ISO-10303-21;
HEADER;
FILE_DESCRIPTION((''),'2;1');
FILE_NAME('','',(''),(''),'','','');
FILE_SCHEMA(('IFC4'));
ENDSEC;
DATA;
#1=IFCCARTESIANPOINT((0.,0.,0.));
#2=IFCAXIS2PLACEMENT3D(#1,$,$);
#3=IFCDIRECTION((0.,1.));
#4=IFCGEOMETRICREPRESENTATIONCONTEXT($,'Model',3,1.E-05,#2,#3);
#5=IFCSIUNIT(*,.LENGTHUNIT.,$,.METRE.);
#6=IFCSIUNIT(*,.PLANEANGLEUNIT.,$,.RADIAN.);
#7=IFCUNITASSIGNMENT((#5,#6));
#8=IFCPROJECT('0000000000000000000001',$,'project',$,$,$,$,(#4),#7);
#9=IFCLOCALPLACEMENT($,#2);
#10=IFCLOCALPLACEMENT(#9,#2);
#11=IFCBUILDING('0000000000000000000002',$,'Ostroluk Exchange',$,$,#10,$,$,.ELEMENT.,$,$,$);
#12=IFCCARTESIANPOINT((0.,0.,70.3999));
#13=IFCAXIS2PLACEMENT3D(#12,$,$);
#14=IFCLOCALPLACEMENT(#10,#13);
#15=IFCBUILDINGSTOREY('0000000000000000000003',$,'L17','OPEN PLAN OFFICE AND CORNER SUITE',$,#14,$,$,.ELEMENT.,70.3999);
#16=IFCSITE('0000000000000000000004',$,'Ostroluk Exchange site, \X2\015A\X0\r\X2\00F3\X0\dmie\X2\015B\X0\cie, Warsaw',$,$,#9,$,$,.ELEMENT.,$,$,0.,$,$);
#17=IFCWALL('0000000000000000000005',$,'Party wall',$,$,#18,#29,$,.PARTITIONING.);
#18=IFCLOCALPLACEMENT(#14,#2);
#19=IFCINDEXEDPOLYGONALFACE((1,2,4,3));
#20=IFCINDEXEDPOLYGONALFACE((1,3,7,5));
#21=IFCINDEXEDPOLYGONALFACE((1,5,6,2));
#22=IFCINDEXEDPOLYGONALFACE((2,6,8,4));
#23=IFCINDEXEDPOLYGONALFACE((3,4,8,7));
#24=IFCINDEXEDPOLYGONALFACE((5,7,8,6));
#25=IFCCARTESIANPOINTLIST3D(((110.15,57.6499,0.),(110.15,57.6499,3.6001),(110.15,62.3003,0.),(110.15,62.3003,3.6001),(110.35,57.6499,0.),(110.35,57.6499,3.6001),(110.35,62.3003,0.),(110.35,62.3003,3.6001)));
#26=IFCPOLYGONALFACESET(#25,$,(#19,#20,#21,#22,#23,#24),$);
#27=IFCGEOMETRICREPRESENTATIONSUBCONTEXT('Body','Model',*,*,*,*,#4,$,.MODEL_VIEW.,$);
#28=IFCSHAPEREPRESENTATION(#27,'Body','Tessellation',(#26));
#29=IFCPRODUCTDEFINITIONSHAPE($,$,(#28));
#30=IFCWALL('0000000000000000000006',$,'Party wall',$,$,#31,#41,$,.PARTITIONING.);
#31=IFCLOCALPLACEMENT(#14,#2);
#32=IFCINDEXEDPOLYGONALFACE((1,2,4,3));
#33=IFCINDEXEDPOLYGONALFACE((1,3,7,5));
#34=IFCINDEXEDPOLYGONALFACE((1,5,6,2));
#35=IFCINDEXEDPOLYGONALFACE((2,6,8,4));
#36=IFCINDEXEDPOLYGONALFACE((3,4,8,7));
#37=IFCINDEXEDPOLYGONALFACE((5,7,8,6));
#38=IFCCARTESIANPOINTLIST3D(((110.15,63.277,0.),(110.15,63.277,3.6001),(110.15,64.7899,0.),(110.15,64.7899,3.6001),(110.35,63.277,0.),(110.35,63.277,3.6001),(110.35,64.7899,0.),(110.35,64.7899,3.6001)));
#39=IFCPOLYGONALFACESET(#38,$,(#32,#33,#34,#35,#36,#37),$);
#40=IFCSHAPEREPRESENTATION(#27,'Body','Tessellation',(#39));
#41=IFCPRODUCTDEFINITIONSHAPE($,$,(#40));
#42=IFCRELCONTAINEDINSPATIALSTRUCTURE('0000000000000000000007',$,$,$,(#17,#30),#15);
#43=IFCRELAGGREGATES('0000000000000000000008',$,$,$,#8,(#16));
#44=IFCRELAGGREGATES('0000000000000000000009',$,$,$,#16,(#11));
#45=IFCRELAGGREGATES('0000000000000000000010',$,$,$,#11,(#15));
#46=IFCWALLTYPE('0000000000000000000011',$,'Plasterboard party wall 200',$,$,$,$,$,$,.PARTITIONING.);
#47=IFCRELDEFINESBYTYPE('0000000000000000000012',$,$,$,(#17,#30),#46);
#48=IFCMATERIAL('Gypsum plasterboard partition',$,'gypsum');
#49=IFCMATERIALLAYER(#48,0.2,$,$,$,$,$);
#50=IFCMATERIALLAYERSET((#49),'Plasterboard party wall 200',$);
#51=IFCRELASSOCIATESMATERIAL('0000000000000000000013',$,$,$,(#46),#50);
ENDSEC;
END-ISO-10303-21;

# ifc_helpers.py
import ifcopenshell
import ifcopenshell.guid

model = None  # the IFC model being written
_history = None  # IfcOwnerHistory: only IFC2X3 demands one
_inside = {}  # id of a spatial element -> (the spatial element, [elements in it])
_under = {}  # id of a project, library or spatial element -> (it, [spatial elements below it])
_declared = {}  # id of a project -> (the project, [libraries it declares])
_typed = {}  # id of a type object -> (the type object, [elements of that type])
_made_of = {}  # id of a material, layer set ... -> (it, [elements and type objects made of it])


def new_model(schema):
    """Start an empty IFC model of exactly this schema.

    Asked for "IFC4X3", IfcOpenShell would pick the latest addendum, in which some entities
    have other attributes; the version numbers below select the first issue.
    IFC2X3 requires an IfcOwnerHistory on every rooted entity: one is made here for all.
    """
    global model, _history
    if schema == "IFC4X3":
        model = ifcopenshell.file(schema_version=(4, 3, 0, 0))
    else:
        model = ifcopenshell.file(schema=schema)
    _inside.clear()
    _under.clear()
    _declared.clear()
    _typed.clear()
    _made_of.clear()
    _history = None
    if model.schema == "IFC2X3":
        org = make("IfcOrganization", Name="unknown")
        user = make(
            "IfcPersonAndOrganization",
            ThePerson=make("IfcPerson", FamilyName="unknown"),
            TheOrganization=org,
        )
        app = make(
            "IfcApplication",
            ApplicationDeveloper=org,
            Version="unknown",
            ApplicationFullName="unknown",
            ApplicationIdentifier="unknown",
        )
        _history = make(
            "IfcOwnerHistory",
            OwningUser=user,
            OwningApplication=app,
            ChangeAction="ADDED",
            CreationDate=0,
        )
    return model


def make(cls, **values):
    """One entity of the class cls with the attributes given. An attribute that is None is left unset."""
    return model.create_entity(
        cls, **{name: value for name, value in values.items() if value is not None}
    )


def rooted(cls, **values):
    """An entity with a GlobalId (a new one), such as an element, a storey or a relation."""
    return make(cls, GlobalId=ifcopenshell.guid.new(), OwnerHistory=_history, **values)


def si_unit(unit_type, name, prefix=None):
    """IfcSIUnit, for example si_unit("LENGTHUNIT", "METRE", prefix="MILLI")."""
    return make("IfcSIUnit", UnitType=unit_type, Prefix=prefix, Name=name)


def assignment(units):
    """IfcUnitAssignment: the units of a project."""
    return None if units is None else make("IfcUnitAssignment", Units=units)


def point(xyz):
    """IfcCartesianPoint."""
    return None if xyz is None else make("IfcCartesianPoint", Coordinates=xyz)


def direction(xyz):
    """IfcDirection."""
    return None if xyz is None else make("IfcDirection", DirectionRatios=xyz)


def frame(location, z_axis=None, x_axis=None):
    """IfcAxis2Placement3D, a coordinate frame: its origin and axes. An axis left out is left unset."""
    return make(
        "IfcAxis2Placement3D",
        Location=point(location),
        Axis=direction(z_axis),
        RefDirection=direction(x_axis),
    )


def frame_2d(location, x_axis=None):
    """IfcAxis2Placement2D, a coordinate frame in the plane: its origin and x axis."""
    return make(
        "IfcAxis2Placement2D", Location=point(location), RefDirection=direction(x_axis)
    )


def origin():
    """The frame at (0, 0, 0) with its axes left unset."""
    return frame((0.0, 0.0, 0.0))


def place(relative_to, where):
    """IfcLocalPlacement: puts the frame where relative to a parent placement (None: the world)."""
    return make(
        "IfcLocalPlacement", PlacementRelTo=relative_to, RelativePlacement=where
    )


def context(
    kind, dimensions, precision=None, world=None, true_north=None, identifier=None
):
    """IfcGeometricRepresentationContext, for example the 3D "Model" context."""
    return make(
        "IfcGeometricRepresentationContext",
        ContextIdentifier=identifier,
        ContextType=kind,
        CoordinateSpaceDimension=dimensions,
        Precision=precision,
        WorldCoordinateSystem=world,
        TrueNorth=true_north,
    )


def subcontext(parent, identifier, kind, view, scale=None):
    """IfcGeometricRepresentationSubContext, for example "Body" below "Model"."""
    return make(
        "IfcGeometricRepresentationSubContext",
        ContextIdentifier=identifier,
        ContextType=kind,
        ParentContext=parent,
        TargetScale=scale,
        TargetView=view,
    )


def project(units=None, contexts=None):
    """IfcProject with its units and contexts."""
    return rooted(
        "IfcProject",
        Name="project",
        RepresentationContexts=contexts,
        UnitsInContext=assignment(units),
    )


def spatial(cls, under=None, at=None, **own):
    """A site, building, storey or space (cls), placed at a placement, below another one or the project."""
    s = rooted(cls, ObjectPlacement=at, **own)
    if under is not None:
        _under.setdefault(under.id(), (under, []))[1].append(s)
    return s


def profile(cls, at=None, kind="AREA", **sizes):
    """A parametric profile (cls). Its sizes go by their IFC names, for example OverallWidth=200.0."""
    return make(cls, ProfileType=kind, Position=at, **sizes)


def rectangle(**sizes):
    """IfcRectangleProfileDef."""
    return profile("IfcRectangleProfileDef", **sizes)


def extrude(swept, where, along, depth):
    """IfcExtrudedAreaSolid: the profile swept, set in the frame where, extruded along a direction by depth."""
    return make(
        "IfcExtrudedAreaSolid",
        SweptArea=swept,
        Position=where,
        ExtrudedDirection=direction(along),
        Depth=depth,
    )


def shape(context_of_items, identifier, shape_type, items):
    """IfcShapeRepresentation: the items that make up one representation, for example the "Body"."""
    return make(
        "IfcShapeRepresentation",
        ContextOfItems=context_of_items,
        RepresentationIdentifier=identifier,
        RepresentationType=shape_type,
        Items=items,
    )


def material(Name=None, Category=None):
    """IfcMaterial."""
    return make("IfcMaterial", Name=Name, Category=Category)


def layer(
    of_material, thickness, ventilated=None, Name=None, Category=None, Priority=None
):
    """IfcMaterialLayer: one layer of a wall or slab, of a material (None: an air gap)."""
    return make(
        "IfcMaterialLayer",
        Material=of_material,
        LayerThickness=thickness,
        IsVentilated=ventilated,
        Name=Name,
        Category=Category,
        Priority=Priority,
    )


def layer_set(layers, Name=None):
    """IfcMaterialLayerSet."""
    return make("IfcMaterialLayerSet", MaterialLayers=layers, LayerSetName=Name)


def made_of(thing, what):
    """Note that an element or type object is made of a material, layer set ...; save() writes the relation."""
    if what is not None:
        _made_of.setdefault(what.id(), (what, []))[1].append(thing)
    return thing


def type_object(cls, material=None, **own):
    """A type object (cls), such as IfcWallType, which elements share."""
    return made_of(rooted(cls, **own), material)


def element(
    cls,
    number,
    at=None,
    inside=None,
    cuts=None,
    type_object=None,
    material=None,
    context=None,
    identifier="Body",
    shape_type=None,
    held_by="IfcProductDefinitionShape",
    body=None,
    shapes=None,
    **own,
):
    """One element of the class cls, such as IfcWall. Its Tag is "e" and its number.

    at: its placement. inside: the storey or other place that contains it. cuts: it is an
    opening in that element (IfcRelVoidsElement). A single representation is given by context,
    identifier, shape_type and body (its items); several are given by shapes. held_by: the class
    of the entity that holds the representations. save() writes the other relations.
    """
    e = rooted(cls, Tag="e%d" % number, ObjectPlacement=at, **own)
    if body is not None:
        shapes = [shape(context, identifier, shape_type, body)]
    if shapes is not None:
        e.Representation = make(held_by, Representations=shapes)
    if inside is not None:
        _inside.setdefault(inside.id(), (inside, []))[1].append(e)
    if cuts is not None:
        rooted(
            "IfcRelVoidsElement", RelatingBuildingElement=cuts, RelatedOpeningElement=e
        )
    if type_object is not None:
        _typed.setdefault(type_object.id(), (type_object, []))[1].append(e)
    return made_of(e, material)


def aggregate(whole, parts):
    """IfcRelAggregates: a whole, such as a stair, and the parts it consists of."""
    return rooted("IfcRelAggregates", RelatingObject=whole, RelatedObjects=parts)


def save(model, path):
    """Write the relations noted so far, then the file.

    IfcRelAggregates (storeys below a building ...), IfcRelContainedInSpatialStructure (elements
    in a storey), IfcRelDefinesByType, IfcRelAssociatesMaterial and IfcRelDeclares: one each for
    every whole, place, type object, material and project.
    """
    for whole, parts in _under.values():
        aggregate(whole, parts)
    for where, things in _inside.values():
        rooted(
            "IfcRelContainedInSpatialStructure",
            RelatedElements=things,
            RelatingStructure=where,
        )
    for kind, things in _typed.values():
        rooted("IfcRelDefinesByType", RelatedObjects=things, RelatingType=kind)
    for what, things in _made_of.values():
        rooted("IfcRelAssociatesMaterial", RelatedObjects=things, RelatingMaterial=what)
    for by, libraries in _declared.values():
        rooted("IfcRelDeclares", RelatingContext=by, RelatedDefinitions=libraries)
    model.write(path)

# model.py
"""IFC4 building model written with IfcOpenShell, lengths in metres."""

from ifc_helpers import new_model, si_unit, direction, frame, frame_2d, origin, place, context, subcontext, project, spatial, rectangle, extrude, material, layer, layer_set, type_object, element, save


model = new_model("IFC4")

# Units and contexts
model_context = context("Model", 3, precision=1e-05, world=origin(), true_north=direction((0.0, 1.0)))
body_context = subcontext(model_context, "Body", "Model", "MODEL_VIEW")
ifc_project = project(units=[si_unit("LENGTHUNIT", "METRE"), si_unit("PLANEANGLEUNIT", "RADIAN")], contexts=[model_context])

# Site, building, storey
site_placement = place(None, origin())
site = spatial("IfcSite", under=ifc_project, at=site_placement, Name="Ostroluk Exchange site, Śródmieście, Warsaw", CompositionType="ELEMENT", RefElevation=0.0)
building_placement = place(site_placement, origin())
building = spatial("IfcBuilding", under=site, at=building_placement, Name="Ostroluk Exchange", CompositionType="ELEMENT")
storey_placement = place(building_placement, frame((0.0, 0.0, 70.3999)))
storey = spatial("IfcBuildingStorey", under=building, at=storey_placement, Name="L17", Description="OPEN PLAN OFFICE AND CORNER SUITE", CompositionType="ELEMENT", Elevation=70.3999)

# Walls
ifc_material_1 = material(Name="Gypsum plasterboard partition", Category="gypsum")
ifc_layer_1 = layer(ifc_material_1, 0.2)
ifc_layer_set_1 = layer_set([ifc_layer_1], Name="Plasterboard party wall 200")
wall_type_1 = type_object("IfcWallType", Name="Plasterboard party wall 200", PredefinedType="PARTITIONING", material=ifc_layer_set_1)
wall_1_placement = place(storey_placement, frame((110.25, 57.6499, 0.0), z_axis=(0.0, 0.0, 1.0), x_axis=(0.0, 1.0, 0.0)))
element("IfcWall", 1, at=wall_1_placement, inside=storey, type_object=wall_type_1, Name="Party wall", PredefinedType="PARTITIONING", context=body_context, shape_type="SweptSolid", body=[
    extrude(rectangle(XDim=4.6504, YDim=0.2, at=frame_2d((2.3252, 0.0))), origin(), (0.0, 0.0, 1.0), 3.6001),
])
wall_2_placement = place(storey_placement, frame((110.25, 63.2771, 0.0), z_axis=(0.0, 0.0, 1.0), x_axis=(0.0, 1.0, 0.0)))
element("IfcWall", 2, at=wall_2_placement, inside=storey, type_object=wall_type_1, Name="Party wall", PredefinedType="PARTITIONING", context=body_context, shape_type="SweptSolid", body=[
    extrude(rectangle(XDim=1.5129, YDim=0.2, at=frame_2d((0.7563, 0.0))), origin(), (0.0, 0.0, 1.0), 3.6001),
])

save(model, "model.ifc")
